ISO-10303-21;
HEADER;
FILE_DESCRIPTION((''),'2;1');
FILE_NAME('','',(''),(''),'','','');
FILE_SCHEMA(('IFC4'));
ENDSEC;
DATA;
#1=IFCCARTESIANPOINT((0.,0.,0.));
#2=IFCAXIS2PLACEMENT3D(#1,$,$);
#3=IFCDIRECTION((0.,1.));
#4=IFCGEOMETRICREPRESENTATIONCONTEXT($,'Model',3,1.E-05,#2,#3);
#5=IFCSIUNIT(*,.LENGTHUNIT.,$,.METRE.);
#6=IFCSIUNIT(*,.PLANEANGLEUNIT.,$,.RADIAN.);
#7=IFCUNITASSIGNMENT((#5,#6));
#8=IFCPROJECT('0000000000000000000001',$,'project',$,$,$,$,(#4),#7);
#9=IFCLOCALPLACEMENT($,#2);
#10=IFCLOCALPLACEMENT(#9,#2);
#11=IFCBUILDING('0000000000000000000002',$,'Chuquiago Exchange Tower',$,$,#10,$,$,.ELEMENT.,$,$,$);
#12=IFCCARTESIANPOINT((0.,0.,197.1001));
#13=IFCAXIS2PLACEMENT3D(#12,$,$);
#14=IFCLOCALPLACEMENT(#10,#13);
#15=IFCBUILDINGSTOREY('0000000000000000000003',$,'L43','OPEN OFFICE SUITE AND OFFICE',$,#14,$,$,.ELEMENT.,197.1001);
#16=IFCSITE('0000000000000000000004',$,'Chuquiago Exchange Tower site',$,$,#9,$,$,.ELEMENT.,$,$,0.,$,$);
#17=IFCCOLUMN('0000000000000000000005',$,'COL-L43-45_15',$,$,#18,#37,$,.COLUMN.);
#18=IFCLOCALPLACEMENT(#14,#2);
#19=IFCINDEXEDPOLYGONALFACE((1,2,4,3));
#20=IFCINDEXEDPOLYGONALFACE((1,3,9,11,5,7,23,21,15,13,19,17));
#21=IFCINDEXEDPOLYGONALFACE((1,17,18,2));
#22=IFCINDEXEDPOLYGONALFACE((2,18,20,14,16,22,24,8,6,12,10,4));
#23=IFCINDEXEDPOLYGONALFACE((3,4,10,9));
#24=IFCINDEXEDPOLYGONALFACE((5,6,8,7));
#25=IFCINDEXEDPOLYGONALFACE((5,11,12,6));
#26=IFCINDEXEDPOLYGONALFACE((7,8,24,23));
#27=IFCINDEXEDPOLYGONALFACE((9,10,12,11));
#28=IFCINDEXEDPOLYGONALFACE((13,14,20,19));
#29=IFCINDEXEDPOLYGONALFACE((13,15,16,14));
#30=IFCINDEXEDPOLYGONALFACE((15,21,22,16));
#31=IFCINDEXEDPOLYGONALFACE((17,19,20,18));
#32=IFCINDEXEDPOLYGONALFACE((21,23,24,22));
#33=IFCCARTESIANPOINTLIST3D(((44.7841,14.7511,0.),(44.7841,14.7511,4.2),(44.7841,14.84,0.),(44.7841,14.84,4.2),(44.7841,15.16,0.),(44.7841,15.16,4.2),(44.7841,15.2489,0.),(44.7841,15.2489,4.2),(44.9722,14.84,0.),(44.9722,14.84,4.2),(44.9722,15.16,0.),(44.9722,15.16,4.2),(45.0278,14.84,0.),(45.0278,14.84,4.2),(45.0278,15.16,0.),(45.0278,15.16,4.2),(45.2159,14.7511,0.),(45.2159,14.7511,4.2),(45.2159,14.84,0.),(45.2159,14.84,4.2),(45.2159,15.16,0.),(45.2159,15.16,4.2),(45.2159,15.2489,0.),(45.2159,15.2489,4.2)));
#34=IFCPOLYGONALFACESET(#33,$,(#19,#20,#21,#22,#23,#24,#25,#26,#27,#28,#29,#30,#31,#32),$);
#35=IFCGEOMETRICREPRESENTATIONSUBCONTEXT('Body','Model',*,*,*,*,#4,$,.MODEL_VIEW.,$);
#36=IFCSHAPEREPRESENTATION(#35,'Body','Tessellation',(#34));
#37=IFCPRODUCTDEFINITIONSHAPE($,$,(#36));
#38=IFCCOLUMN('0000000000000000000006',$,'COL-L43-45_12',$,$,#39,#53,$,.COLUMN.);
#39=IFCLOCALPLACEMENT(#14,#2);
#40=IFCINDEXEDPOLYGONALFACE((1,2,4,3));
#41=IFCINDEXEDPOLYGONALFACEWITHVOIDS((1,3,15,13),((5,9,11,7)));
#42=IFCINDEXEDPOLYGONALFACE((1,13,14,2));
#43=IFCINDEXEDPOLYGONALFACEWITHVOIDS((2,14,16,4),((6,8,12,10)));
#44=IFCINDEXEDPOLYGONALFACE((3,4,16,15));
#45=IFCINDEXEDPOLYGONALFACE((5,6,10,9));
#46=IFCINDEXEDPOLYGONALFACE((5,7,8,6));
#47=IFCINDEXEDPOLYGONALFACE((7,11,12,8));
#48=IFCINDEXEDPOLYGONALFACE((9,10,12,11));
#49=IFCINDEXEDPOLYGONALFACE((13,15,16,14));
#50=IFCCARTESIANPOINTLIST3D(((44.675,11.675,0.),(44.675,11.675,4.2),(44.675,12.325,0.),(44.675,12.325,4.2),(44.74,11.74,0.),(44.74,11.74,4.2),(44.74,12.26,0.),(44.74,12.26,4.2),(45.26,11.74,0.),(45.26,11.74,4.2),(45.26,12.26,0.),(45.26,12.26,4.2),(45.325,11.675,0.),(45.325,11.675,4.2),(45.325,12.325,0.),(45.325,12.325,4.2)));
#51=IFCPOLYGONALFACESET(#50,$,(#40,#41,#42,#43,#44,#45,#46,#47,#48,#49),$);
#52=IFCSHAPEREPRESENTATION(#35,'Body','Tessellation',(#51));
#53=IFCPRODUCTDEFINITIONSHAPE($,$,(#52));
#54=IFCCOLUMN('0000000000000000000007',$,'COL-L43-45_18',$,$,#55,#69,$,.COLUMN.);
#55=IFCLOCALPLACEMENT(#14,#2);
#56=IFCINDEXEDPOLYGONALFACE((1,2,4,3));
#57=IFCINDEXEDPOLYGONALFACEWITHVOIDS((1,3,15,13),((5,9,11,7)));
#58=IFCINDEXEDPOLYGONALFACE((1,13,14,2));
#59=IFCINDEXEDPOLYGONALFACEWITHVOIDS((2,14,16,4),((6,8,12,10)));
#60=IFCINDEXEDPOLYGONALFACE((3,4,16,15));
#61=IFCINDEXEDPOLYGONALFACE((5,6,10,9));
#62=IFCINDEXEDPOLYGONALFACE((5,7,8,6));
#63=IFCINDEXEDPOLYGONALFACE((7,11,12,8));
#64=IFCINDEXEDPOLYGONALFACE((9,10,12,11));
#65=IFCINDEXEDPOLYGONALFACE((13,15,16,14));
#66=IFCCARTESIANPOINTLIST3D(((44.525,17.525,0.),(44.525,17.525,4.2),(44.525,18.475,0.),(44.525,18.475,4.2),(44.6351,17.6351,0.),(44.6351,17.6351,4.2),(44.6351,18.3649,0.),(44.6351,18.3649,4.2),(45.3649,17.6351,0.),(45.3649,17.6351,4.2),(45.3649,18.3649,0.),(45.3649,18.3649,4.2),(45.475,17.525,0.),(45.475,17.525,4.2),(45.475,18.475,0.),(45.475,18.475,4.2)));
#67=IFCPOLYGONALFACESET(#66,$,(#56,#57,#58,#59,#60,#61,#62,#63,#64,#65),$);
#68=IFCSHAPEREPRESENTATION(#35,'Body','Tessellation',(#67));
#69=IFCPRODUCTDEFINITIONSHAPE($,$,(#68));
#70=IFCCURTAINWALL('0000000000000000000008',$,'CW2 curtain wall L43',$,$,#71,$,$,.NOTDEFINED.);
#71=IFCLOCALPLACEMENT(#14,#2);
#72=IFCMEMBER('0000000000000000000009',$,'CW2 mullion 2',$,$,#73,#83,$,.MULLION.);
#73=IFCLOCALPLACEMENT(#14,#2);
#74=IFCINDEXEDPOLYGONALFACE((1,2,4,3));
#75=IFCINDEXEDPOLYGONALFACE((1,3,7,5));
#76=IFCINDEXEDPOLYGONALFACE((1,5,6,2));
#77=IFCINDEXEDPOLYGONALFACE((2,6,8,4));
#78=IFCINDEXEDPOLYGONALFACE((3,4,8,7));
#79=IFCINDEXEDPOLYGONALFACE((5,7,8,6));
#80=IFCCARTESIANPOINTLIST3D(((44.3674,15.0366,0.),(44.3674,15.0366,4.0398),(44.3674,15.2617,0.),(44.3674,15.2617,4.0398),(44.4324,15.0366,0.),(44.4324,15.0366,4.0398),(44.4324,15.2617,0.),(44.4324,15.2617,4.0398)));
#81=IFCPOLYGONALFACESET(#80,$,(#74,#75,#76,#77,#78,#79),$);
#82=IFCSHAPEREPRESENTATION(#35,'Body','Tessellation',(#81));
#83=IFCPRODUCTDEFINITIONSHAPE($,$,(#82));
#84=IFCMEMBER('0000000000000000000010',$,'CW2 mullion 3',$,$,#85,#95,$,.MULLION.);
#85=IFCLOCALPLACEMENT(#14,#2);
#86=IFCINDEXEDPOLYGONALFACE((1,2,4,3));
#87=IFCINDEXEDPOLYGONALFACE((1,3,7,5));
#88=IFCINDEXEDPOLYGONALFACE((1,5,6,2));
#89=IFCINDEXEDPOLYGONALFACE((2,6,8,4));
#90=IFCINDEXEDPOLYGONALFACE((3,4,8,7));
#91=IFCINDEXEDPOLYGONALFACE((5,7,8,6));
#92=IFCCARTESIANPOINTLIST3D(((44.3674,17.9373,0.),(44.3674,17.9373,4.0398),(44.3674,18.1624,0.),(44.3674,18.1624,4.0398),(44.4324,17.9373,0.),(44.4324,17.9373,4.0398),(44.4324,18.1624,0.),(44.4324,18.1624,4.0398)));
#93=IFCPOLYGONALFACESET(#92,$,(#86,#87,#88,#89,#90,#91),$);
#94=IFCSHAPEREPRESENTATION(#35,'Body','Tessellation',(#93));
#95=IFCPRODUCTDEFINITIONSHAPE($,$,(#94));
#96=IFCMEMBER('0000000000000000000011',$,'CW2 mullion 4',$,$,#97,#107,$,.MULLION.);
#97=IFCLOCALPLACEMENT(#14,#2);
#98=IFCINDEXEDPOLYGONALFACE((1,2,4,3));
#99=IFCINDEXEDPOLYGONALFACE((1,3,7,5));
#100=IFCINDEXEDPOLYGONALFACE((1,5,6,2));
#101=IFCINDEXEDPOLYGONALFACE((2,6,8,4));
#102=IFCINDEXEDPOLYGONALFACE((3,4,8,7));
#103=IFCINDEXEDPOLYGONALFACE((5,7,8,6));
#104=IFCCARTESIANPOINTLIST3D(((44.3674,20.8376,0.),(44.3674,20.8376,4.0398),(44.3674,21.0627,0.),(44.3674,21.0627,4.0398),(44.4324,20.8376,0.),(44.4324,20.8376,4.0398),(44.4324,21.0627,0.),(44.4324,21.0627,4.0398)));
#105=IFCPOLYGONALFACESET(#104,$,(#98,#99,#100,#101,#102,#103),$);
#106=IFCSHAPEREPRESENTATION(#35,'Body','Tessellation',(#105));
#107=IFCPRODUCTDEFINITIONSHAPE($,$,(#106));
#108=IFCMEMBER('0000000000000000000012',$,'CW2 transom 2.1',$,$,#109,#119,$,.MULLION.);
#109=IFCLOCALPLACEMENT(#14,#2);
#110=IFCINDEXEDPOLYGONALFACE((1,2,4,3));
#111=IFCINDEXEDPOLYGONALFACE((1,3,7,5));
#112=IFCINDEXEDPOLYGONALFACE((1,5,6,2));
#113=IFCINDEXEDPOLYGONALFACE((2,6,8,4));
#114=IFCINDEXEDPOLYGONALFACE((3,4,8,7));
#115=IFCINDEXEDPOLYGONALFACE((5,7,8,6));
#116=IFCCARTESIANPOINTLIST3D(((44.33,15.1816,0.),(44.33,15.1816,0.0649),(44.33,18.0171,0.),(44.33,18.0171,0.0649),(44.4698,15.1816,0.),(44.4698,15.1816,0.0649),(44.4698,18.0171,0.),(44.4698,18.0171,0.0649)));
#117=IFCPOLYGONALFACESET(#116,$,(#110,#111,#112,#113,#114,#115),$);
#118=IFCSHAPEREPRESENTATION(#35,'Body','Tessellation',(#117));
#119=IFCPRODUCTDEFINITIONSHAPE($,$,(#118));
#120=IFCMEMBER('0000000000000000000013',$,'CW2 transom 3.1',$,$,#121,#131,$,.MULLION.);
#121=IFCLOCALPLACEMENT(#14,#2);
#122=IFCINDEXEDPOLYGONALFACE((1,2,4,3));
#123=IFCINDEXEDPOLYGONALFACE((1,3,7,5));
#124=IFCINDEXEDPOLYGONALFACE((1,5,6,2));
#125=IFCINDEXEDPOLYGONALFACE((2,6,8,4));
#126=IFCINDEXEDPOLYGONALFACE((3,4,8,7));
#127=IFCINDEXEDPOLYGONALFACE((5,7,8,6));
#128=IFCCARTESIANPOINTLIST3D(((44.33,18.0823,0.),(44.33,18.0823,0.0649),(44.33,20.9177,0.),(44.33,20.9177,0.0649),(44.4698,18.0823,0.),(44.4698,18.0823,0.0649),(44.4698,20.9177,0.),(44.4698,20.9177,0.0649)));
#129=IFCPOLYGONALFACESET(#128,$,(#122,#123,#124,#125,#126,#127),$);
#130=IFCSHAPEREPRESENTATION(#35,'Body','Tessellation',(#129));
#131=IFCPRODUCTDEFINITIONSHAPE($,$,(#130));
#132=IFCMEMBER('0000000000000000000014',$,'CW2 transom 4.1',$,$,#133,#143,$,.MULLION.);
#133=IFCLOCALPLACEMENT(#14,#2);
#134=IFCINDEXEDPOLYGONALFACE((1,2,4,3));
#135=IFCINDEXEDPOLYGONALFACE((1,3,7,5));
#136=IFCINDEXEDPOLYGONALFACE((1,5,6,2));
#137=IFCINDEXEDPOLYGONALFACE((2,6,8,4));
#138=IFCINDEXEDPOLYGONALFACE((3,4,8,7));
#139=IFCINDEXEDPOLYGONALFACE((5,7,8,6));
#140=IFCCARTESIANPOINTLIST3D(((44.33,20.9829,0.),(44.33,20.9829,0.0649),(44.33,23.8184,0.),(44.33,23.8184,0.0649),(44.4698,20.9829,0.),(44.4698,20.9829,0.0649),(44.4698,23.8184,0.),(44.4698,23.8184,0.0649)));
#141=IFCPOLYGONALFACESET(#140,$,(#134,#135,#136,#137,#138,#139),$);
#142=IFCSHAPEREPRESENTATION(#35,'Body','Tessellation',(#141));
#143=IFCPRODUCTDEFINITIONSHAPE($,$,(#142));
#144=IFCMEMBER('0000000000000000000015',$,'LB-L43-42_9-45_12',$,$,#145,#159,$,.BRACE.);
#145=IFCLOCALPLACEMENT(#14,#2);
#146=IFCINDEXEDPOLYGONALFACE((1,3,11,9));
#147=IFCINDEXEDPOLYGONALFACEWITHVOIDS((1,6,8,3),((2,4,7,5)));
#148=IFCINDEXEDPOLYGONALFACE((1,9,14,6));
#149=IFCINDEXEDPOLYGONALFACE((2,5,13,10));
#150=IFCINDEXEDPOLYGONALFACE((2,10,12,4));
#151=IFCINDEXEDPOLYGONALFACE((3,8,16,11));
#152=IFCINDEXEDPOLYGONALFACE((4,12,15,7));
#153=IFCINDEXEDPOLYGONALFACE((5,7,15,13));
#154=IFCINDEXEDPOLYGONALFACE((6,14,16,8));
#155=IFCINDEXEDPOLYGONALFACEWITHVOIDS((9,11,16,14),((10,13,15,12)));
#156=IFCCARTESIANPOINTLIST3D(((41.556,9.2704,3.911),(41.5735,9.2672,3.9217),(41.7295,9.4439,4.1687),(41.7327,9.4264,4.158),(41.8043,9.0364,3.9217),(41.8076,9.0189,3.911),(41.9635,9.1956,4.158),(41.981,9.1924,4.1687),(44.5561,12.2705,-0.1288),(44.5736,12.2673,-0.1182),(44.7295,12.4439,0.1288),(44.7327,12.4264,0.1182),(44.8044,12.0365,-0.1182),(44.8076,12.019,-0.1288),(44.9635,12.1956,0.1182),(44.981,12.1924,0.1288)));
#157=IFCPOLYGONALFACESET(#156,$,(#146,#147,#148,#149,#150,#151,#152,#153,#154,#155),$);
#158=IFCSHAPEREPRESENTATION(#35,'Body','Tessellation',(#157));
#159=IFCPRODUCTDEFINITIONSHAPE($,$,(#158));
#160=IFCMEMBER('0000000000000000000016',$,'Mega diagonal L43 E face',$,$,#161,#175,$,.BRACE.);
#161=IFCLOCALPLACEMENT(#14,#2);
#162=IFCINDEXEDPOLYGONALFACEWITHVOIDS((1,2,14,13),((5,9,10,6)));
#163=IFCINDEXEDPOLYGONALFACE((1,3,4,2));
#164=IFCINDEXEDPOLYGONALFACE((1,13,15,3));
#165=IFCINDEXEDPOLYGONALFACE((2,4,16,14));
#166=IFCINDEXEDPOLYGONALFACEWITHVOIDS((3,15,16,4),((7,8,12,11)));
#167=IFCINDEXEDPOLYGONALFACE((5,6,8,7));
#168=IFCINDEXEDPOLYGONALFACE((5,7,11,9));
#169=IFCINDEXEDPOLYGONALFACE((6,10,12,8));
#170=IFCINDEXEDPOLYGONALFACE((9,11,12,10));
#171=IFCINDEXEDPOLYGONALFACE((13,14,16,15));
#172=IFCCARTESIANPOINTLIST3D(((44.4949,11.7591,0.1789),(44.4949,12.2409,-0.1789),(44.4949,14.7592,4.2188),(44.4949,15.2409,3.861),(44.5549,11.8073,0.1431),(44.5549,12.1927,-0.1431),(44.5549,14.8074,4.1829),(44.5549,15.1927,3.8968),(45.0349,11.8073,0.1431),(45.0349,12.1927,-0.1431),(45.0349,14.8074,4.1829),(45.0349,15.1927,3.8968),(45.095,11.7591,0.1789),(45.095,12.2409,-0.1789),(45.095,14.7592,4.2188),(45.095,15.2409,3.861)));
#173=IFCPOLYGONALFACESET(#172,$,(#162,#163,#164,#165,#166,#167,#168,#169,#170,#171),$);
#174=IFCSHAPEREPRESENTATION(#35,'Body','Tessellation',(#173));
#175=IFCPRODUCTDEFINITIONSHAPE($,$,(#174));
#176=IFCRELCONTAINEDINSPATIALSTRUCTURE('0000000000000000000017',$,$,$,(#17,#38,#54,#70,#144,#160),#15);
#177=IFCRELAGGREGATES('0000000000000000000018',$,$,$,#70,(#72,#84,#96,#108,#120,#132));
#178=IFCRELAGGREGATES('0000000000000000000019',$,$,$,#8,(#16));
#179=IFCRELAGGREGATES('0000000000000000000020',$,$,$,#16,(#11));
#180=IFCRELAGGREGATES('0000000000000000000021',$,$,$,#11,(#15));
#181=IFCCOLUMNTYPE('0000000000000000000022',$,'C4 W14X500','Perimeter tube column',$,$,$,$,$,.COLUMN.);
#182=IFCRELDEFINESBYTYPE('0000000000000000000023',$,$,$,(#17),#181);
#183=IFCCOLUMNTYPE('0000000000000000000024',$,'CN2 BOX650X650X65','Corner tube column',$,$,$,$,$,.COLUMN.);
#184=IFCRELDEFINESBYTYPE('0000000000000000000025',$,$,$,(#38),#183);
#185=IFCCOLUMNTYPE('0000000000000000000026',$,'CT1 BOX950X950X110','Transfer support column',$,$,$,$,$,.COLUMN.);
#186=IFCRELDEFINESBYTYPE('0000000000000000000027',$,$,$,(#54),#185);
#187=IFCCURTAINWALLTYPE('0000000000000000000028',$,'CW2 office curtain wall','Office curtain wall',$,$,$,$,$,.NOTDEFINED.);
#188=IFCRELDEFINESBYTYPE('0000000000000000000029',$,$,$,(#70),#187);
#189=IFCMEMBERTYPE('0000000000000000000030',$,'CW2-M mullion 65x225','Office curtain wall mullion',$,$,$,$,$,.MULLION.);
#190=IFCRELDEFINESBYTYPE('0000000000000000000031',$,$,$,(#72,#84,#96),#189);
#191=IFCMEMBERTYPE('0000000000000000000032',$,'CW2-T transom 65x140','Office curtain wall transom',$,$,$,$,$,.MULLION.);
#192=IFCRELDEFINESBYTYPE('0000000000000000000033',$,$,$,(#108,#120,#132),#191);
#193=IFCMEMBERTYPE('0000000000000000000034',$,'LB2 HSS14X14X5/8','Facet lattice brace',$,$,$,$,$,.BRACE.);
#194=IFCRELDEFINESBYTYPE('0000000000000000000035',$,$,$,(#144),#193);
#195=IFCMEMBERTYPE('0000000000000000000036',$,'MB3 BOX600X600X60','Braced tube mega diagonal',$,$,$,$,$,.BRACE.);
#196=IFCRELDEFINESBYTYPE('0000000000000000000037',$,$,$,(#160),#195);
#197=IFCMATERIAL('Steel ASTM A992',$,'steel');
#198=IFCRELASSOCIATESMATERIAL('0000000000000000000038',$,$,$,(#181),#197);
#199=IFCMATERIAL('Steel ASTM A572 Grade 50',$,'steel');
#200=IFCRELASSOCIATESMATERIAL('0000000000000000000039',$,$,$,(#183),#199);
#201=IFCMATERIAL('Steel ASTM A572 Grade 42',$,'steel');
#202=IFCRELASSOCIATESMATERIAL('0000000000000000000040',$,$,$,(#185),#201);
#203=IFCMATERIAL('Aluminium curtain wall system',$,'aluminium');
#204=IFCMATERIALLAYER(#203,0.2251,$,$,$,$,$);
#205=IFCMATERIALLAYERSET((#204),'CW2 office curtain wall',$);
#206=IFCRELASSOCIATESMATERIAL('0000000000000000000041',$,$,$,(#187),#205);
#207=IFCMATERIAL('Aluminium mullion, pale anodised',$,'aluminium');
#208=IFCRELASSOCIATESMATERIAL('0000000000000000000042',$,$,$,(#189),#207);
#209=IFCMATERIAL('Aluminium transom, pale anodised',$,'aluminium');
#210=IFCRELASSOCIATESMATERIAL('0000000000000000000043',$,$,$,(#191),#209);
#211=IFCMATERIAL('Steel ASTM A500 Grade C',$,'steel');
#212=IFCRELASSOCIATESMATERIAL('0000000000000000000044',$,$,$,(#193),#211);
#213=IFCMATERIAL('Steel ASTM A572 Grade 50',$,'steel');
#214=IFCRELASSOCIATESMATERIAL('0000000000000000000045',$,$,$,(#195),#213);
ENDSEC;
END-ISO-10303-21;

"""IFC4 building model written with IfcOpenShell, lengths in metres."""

from ifc_helpers import new_model, si_unit, direction, frame, origin, origin_2d, place, context, subcontext, project, spatial, rectangle, hollow_rectangle, i_section, extrude, material, layer, layer_set, material_profile, profile_set, type_object, element, aggregate, save


model = new_model("IFC4")

# Units and contexts
model_context = context("Model", 3, precision=1e-05, world=origin(), true_north=direction((0.0, 1.0)))
body_context = subcontext(model_context, "Body", "Model", "MODEL_VIEW")
ifc_project = project(units=[si_unit("LENGTHUNIT", "METRE"), si_unit("PLANEANGLEUNIT", "RADIAN")], contexts=[model_context])

# Site, building, storey
site_placement = place(None, origin())
site = spatial("IfcSite", under=ifc_project, at=site_placement, Name="Chuquiago Exchange Tower site", CompositionType="ELEMENT", RefElevation=0.0)
building_placement = place(site_placement, origin())
building = spatial("IfcBuilding", under=site, at=building_placement, Name="Chuquiago Exchange Tower", CompositionType="ELEMENT")
storey_placement = place(building_placement, frame((0.0, 0.0, 197.1001)))
storey = spatial("IfcBuildingStorey", under=building, at=storey_placement, Name="L43", Description="OPEN OFFICE SUITE AND OFFICE", CompositionType="ELEMENT", Elevation=197.1001)

# Columns
ifc_material_1 = material(Name="Steel ASTM A992", Category="steel")
ifc_material_profile_1 = material_profile(ifc_material_1, i_section(OverallWidth=0.4319, OverallDepth=0.4978, WebThickness=0.0557, FlangeThickness=0.0889, at=origin_2d()), Name="W14X500")
ifc_profile_set_1 = profile_set([ifc_material_profile_1], Name="Steel ASTM A992")
column_type_1 = type_object("IfcColumnType", Name="C4 W14X500", Description="Perimeter tube column", PredefinedType="COLUMN", material=ifc_profile_set_1)
column_1_placement = place(storey_placement, frame((45.0, 15.0, 0.0), z_axis=(0.0, 0.0, 1.0), x_axis=(1.0, 0.0, 0.0)))
element("IfcColumn", 1, at=column_1_placement, inside=storey, type_object=column_type_1, Name="COL-L43-45_15", PredefinedType="COLUMN", context=body_context, shape_type="SweptSolid", body=[
    extrude(i_section(OverallWidth=0.4319, OverallDepth=0.4978, WebThickness=0.0557, FlangeThickness=0.0889, at=origin_2d()), origin(), (0.0, 0.0, 1.0), 4.2),
])
ifc_material_2 = material(Name="Steel ASTM A572 Grade 50", Category="steel")
ifc_material_profile_2 = material_profile(ifc_material_2, hollow_rectangle(XDim=0.6499, YDim=0.6499, WallThickness=0.0649, at=origin_2d()), Name="BOX650X650X65")
ifc_profile_set_2 = profile_set([ifc_material_profile_2], Name="Steel ASTM A572 Grade 50")
column_type_2 = type_object("IfcColumnType", Name="CN2 BOX650X650X65", Description="Corner tube column", PredefinedType="COLUMN", material=ifc_profile_set_2)
column_2_placement = place(storey_placement, frame((45.0, 12.0, 0.0), z_axis=(0.0, 0.0, 1.0), x_axis=(1.0, 0.0, 0.0)))
element("IfcColumn", 2, at=column_2_placement, inside=storey, type_object=column_type_2, Name="COL-L43-45_12", PredefinedType="COLUMN", context=body_context, shape_type="SweptSolid", body=[
    extrude(hollow_rectangle(XDim=0.6499, YDim=0.6499, WallThickness=0.0649, at=origin_2d()), origin(), (0.0, 0.0, 1.0), 4.2),
])
ifc_material_3 = material(Name="Steel ASTM A572 Grade 42", Category="steel")
ifc_material_profile_3 = material_profile(ifc_material_3, hollow_rectangle(XDim=0.95, YDim=0.95, WallThickness=0.1101, at=origin_2d()), Name="BOX950X950X110")
ifc_profile_set_3 = profile_set([ifc_material_profile_3], Name="Steel ASTM A572 Grade 42")
column_type_3 = type_object("IfcColumnType", Name="CT1 BOX950X950X110", Description="Transfer support column", PredefinedType="COLUMN", material=ifc_profile_set_3)
column_3_placement = place(storey_placement, frame((45.0, 18.0, 0.0), z_axis=(0.0, 0.0, 1.0), x_axis=(1.0, 0.0, 0.0)))
element("IfcColumn", 3, at=column_3_placement, inside=storey, type_object=column_type_3, Name="COL-L43-45_18", PredefinedType="COLUMN", context=body_context, shape_type="SweptSolid", body=[
    extrude(hollow_rectangle(XDim=0.95, YDim=0.95, WallThickness=0.1101, at=origin_2d()), origin(), (0.0, 0.0, 1.0), 4.2),
])

# Curtain wall, members
ifc_material_4 = material(Name="Aluminium curtain wall system", Category="aluminium")
ifc_layer_1 = layer(ifc_material_4, 0.2251)
ifc_layer_set_1 = layer_set([ifc_layer_1], Name="CW2 office curtain wall")
curtain_wall_type = type_object("IfcCurtainWallType", Name="CW2 office curtain wall", Description="Office curtain wall", PredefinedType="NOTDEFINED", material=ifc_layer_set_1)
curtain_wall_placement = place(storey_placement, origin())
curtain_wall = element("IfcCurtainWall", 4, at=curtain_wall_placement, inside=storey, type_object=curtain_wall_type, Name="CW2 curtain wall L43", PredefinedType="NOTDEFINED")
ifc_material_5 = material(Name="Aluminium mullion, pale anodised", Category="aluminium")
ifc_material_profile_4 = material_profile(ifc_material_5, rectangle(XDim=0.0649, YDim=0.2251, at=origin_2d()), Name="AL 65x225")
ifc_profile_set_4 = profile_set([ifc_material_profile_4], Name="Aluminium mullion, pale anodised")
member_type_1 = type_object("IfcMemberType", Name="CW2-M mullion 65x225", Description="Office curtain wall mullion", PredefinedType="MULLION", material=ifc_profile_set_4)
member_1_placement = place(storey_placement, frame((44.3999, 15.1492, 0.0), z_axis=(0.0, 0.0, 1.0), x_axis=(-1.0, 0.0, 0.0)))
member_1 = element("IfcMember", 5, at=member_1_placement, type_object=member_type_1, Name="CW2 mullion 2", PredefinedType="MULLION", context=body_context, shape_type="SweptSolid", body=[
    extrude(rectangle(XDim=0.0649, YDim=0.2251, at=origin_2d()), origin(), (0.0, 0.0, 1.0), 4.0398),
])
member_2_placement = place(storey_placement, frame((44.3999, 18.0498, 0.0), z_axis=(0.0, 0.0, 1.0), x_axis=(-1.0, 0.0, 0.0)))
member_2 = element("IfcMember", 6, at=member_2_placement, type_object=member_type_1, Name="CW2 mullion 3", PredefinedType="MULLION", context=body_context, shape_type="SweptSolid", body=[
    extrude(rectangle(XDim=0.0649, YDim=0.2251, at=origin_2d()), origin(), (0.0, 0.0, 1.0), 4.0398),
])
member_3_placement = place(storey_placement, frame((44.3999, 20.9502, 0.0), z_axis=(0.0, 0.0, 1.0), x_axis=(-1.0, 0.0, 0.0)))
member_3 = element("IfcMember", 7, at=member_3_placement, type_object=member_type_1, Name="CW2 mullion 4", PredefinedType="MULLION", context=body_context, shape_type="SweptSolid", body=[
    extrude(rectangle(XDim=0.0649, YDim=0.2251, at=origin_2d()), origin(), (0.0, 0.0, 1.0), 4.0398),
])
ifc_material_6 = material(Name="Aluminium transom, pale anodised", Category="aluminium")
ifc_material_profile_5 = material_profile(ifc_material_6, rectangle(XDim=0.1399, YDim=0.0649, at=origin_2d()), Name="AL 140x65")
ifc_profile_set_5 = profile_set([ifc_material_profile_5], Name="Aluminium transom, pale anodised")
member_type_2 = type_object("IfcMemberType", Name="CW2-T transom 65x140", Description="Office curtain wall transom", PredefinedType="MULLION", material=ifc_profile_set_5)
member_4_placement = place(storey_placement, frame((44.3999, 15.1816, 0.0325), z_axis=(0.0, 1.0, 0.0), x_axis=(-1.0, 0.0, 0.0)))
member_4 = element("IfcMember", 8, at=member_4_placement, type_object=member_type_2, Name="CW2 transom 2.1", PredefinedType="MULLION", context=body_context, shape_type="SweptSolid", body=[
    extrude(rectangle(XDim=0.1399, YDim=0.0649, at=origin_2d()), origin(), (0.0, 0.0, 1.0), 2.8354),
])
member_5_placement = place(storey_placement, frame((44.3999, 18.0823, 0.0325), z_axis=(0.0, 1.0, 0.0), x_axis=(-1.0, 0.0, 0.0)))
member_5 = element("IfcMember", 9, at=member_5_placement, type_object=member_type_2, Name="CW2 transom 3.1", PredefinedType="MULLION", context=body_context, shape_type="SweptSolid", body=[
    extrude(rectangle(XDim=0.1399, YDim=0.0649, at=origin_2d()), origin(), (0.0, 0.0, 1.0), 2.8354),
])
member_6_placement = place(storey_placement, frame((44.3999, 20.9829, 0.0325), z_axis=(0.0, 1.0, 0.0), x_axis=(-1.0, 0.0, 0.0)))
member_6 = element("IfcMember", 10, at=member_6_placement, type_object=member_type_2, Name="CW2 transom 4.1", PredefinedType="MULLION", context=body_context, shape_type="SweptSolid", body=[
    extrude(rectangle(XDim=0.1399, YDim=0.0649, at=origin_2d()), origin(), (0.0, 0.0, 1.0), 2.8354),
])

# Members
ifc_material_7 = material(Name="Steel ASTM A500 Grade C", Category="steel")
ifc_material_profile_6 = material_profile(ifc_material_7, hollow_rectangle(XDim=0.3557, YDim=0.3557, WallThickness=0.0146, at=origin_2d()), Name="HSS14X14X5/8")
ifc_profile_set_6 = profile_set([ifc_material_profile_6], Name="Steel ASTM A500 Grade C")
member_type_3 = type_object("IfcMemberType", Name="LB2 HSS14X14X5/8", Description="Facet lattice brace", PredefinedType="BRACE", material=ifc_profile_set_6)
member_7_placement = place(storey_placement, frame((44.7686, 12.2314, 0.0), z_axis=(-0.512092, -0.512092, 0.689582), x_axis=(0.707107, -0.707107, 0.0)))
element("IfcMember", 11, at=member_7_placement, inside=storey, type_object=member_type_3, Name="LB-L43-42_9-45_12", PredefinedType="BRACE", context=body_context, shape_type="SweptSolid", body=[
    extrude(hollow_rectangle(XDim=0.3557, YDim=0.3557, WallThickness=0.0146, at=origin_2d()), origin(), (0.0, 0.0, 1.0), 5.8584),
])
ifc_material_8 = material(Name="Steel ASTM A572 Grade 50", Category="steel")
ifc_material_profile_7 = material_profile(ifc_material_8, hollow_rectangle(XDim=0.6001, YDim=0.6001, WallThickness=0.0601, at=origin_2d()), Name="BOX600X600X60")
ifc_profile_set_7 = profile_set([ifc_material_profile_7], Name="Steel ASTM A572 Grade 50")
member_type_4 = type_object("IfcMemberType", Name="MB3 BOX600X600X60", Description="Braced tube mega diagonal", PredefinedType="BRACE", material=ifc_profile_set_7)
for number, where, z_axis, x_axis, name in (
    (12, (44.7949, 12.0, 0.0), (0.0, 0.596197, 0.802838), (-1.0, 0.0, 0.0), "Mega diagonal L43 E face"),
):
    element("IfcMember", number, at=place(storey_placement, frame(where, z_axis=z_axis, x_axis=x_axis)), inside=storey, type_object=member_type_4, Name=name, PredefinedType="BRACE", context=body_context, shape_type="SweptSolid", body=[
        extrude(hollow_rectangle(XDim=0.6001, YDim=0.6001, WallThickness=0.0601, at=origin_2d()), origin(), (0.0, 0.0, 1.0), 5.032),
    ])

aggregate(curtain_wall, [member_1, member_2, member_3, member_4, member_5, member_6])

save(model, "model.ifc")
